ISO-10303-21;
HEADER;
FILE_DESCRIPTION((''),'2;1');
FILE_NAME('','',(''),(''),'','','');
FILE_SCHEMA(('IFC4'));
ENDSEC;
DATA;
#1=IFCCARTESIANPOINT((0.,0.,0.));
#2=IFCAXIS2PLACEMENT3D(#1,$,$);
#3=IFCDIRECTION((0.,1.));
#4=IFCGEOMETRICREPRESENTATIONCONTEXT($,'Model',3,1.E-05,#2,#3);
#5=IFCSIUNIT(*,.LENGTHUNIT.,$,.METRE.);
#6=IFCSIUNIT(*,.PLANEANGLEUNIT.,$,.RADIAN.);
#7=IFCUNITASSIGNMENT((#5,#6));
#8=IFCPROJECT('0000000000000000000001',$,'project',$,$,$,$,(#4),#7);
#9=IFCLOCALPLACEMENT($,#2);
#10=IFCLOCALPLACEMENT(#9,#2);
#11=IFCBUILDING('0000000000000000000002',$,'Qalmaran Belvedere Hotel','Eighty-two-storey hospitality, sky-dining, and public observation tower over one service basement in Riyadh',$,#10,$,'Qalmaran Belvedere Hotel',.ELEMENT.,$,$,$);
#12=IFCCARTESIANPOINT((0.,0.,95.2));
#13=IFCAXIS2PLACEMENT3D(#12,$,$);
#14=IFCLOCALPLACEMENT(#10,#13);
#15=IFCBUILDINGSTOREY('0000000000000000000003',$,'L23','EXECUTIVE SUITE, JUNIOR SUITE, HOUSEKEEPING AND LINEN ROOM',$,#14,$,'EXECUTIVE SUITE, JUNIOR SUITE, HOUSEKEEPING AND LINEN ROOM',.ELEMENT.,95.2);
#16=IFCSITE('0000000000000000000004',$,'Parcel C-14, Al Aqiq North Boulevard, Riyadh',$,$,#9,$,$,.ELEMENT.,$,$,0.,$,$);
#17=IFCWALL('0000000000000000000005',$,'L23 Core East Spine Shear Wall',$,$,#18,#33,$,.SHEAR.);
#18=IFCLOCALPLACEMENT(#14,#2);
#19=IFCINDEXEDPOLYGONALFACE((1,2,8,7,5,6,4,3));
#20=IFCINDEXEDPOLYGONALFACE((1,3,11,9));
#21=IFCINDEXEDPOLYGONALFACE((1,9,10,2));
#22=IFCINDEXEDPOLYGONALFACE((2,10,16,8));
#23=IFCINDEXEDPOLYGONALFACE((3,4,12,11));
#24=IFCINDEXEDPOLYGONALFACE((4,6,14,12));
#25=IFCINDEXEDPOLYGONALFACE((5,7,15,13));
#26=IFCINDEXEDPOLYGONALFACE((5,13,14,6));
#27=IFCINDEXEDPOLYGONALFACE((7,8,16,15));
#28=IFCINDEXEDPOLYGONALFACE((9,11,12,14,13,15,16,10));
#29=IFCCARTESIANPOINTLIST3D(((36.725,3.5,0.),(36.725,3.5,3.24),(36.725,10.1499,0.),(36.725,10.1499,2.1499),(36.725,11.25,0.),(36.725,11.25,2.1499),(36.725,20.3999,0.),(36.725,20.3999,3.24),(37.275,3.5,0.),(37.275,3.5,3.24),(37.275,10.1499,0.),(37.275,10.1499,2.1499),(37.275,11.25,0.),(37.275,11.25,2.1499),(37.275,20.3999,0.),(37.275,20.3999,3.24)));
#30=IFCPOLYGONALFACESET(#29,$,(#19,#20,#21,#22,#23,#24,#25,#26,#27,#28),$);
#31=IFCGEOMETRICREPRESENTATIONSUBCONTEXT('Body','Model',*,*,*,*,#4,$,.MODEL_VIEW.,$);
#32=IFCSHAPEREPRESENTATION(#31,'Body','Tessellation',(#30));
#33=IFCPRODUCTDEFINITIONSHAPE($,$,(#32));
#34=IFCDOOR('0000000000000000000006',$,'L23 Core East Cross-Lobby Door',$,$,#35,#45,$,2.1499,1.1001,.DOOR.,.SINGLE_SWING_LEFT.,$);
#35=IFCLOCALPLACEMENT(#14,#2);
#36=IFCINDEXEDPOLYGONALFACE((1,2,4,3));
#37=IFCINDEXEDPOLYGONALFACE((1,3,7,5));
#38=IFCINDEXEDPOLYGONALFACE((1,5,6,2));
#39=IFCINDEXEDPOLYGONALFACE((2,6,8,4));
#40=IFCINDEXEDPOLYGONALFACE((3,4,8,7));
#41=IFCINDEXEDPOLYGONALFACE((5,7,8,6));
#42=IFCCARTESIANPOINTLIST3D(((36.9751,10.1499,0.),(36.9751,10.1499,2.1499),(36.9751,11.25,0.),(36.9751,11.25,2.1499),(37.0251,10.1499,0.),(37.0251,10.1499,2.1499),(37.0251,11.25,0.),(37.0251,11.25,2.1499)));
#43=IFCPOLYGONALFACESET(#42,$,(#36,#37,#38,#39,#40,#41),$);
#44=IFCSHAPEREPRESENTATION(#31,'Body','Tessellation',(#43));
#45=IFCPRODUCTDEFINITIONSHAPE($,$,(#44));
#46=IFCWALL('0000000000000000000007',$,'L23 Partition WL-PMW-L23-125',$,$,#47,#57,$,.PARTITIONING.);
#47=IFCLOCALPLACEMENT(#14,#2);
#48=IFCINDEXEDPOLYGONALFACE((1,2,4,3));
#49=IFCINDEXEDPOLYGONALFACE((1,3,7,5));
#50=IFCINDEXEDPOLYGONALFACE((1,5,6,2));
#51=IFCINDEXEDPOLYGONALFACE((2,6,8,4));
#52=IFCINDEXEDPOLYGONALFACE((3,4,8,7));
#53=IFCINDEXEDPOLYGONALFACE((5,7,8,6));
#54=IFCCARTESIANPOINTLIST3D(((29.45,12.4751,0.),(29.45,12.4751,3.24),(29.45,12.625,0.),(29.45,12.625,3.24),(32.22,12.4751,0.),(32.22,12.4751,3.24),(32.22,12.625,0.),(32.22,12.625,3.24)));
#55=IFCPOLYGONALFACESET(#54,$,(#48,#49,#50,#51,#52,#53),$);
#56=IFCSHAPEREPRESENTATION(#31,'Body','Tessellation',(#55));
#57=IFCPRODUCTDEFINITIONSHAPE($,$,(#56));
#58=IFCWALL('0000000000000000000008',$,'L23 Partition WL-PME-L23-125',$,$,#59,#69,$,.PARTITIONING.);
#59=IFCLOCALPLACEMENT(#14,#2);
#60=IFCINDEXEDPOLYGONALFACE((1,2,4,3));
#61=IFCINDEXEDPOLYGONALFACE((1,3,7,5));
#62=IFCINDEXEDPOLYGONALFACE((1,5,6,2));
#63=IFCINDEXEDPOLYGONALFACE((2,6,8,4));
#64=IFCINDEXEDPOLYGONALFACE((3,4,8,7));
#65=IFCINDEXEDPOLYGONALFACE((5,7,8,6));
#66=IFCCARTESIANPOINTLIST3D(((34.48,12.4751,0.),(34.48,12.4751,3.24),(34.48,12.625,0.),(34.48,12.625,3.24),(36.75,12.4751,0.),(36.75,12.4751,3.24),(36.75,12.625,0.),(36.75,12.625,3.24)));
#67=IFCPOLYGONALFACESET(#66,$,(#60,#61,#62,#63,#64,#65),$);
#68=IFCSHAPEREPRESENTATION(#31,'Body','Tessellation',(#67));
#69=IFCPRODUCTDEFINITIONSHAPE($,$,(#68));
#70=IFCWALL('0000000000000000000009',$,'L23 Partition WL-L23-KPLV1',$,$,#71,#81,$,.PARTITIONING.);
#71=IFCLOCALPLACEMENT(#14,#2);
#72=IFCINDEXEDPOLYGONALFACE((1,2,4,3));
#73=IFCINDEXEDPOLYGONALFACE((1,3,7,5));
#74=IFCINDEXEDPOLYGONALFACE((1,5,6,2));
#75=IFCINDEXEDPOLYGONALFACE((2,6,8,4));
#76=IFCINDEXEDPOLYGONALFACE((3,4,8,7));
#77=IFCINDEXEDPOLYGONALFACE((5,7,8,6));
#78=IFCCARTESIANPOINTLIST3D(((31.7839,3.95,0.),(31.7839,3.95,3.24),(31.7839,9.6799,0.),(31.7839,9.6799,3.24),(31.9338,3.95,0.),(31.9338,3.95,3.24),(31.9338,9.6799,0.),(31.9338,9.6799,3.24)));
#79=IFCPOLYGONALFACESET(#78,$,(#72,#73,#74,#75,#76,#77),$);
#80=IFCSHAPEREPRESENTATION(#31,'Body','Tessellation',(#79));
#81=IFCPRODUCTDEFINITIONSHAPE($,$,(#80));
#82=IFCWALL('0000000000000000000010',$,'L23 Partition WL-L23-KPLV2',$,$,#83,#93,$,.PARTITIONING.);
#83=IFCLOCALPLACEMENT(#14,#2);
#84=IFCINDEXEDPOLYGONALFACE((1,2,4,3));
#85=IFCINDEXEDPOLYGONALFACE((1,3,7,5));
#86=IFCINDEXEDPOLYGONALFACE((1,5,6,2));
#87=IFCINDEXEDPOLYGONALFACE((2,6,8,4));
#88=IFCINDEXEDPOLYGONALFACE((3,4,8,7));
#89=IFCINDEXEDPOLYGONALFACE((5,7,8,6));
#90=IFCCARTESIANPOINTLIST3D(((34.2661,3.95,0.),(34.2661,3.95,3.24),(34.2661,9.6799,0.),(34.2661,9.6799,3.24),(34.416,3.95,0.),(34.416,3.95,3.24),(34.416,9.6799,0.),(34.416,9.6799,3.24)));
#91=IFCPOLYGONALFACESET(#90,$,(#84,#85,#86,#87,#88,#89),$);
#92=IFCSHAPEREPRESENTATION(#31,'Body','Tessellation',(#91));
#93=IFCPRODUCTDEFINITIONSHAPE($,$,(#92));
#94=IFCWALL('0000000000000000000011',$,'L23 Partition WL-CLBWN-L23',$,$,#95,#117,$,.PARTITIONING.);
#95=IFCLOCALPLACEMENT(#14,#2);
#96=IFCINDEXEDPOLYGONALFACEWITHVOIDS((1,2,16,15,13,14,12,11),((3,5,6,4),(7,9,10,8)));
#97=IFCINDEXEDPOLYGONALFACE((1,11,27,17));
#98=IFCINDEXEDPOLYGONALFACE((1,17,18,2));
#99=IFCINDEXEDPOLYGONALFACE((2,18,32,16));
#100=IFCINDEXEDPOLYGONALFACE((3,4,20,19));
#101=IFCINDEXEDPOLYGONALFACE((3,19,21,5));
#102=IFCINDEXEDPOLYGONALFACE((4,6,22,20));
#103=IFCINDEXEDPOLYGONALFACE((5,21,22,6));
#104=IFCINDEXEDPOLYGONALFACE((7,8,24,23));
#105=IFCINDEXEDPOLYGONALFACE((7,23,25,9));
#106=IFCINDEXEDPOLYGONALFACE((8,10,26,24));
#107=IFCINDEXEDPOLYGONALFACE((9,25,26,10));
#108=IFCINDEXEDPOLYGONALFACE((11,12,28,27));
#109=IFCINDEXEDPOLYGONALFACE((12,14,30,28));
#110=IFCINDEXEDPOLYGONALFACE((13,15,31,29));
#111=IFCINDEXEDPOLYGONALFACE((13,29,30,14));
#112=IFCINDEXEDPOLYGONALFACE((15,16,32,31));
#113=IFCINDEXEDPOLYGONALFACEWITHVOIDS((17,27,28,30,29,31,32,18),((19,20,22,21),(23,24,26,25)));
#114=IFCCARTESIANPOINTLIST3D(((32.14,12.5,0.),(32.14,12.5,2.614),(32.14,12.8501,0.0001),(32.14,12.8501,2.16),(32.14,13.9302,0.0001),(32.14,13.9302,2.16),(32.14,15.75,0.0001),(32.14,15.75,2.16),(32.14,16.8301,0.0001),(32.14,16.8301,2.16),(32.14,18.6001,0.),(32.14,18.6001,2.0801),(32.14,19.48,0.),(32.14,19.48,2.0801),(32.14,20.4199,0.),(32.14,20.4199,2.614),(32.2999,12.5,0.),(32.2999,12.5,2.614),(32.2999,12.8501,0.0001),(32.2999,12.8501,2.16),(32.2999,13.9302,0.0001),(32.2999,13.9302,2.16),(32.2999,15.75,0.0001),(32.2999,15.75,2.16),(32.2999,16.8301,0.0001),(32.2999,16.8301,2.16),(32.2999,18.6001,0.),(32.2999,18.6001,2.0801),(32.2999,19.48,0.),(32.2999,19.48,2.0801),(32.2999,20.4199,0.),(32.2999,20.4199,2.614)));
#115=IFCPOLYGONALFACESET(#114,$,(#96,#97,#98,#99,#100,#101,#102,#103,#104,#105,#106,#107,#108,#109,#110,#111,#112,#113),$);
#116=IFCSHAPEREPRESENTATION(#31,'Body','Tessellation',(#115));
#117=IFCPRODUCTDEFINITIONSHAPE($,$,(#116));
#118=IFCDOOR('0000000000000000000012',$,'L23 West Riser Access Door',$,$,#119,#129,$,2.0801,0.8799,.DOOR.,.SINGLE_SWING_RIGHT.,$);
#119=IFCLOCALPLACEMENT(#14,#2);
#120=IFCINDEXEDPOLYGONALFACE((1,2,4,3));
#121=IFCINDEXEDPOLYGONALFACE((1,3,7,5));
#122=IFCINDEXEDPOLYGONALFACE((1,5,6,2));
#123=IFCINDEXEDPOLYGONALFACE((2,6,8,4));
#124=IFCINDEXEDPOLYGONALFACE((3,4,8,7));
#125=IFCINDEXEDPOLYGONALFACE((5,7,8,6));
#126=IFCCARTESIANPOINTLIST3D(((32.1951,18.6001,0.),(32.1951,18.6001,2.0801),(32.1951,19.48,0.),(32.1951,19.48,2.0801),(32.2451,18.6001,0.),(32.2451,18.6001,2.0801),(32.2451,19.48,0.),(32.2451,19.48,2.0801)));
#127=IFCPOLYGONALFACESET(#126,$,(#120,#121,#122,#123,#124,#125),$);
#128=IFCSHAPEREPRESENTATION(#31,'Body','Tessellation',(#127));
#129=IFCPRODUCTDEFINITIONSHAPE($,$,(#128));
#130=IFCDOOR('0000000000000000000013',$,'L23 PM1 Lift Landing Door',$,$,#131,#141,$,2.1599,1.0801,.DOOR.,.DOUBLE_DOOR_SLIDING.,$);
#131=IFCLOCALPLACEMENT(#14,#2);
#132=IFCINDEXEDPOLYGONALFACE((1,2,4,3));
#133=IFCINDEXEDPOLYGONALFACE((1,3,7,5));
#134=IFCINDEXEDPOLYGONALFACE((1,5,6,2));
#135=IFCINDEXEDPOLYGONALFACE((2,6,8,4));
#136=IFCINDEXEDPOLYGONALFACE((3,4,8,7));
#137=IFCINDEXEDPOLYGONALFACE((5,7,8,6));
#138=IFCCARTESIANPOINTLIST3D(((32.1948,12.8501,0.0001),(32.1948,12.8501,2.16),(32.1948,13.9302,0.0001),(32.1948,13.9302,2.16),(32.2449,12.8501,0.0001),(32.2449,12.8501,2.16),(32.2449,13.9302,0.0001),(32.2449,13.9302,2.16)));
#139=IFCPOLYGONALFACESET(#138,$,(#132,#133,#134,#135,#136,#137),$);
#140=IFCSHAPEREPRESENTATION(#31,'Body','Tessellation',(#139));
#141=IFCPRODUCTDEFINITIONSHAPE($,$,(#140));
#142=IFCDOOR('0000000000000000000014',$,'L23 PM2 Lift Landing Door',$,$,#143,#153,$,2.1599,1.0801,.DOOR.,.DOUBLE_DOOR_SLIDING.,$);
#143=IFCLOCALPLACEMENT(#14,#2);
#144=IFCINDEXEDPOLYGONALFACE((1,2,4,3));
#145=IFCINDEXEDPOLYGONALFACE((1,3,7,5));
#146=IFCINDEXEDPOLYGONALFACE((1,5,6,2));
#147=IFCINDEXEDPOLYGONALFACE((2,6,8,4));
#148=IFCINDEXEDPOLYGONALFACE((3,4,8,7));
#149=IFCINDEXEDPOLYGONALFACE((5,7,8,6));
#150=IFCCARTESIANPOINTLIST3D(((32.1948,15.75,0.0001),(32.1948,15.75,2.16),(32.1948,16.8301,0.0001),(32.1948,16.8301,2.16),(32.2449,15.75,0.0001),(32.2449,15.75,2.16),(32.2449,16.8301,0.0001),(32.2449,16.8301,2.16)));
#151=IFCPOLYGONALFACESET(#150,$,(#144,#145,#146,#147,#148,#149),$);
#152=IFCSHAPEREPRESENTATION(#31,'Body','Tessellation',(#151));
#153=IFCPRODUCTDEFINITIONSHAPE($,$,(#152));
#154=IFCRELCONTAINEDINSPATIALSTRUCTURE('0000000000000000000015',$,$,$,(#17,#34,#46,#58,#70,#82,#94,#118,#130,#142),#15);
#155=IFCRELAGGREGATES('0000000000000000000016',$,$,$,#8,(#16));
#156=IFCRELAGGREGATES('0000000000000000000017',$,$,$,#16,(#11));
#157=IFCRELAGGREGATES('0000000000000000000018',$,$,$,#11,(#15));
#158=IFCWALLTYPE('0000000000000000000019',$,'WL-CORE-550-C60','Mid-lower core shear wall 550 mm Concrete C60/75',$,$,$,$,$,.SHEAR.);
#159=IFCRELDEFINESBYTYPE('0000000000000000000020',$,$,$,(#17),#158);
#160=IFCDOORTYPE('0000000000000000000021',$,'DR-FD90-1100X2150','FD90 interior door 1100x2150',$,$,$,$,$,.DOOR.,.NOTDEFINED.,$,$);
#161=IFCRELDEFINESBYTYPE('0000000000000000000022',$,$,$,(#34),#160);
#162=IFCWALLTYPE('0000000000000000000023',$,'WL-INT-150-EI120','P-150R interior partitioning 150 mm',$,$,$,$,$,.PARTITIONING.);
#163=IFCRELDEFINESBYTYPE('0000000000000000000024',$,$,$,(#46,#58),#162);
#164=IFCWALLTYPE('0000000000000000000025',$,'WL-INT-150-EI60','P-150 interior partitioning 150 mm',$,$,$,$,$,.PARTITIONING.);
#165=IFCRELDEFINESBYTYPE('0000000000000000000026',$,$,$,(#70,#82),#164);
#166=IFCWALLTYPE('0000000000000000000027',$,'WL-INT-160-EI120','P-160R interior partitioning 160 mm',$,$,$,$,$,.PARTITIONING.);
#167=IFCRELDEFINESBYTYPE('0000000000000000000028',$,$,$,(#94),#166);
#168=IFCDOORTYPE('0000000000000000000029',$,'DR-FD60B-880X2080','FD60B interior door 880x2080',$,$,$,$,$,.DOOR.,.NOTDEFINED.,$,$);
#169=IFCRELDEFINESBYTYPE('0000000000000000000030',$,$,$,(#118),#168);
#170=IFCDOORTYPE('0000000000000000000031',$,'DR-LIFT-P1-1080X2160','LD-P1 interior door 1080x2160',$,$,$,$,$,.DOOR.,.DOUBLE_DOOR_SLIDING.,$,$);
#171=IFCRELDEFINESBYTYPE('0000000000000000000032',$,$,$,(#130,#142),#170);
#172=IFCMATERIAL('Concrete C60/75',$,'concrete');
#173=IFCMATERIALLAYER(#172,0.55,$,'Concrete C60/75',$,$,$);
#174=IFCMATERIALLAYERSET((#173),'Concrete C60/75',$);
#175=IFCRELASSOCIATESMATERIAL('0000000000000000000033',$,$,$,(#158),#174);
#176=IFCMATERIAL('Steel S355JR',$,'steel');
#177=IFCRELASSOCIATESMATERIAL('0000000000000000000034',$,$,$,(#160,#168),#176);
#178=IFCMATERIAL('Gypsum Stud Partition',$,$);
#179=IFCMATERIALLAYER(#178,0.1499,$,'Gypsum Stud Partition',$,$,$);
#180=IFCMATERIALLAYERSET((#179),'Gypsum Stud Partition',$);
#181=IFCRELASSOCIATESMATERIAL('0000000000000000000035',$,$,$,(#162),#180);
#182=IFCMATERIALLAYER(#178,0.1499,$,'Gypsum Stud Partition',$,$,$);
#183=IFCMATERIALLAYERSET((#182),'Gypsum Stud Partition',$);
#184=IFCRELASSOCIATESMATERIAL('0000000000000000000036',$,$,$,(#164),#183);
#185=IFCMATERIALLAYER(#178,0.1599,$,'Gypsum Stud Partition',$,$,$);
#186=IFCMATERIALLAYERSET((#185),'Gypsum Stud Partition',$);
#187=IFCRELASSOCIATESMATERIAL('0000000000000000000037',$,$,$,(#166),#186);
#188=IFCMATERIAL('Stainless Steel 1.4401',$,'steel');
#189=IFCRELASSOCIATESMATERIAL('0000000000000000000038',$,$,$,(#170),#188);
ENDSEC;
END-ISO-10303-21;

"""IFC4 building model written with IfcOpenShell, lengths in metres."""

from ifc_helpers import new_model, si_unit, direction, frame, frame_2d, origin, place, context, subcontext, project, spatial, rectangle, extrude, material, layer, layer_set, type_object, element, fill, save


model = new_model("IFC4")

# Units and contexts
model_context = context("Model", 3, precision=1e-05, world=origin(), true_north=direction((0.0, 1.0)))
body_context = subcontext(model_context, "Body", "Model", "MODEL_VIEW")
ifc_project = project(units=[si_unit("LENGTHUNIT", "METRE"), si_unit("PLANEANGLEUNIT", "RADIAN")], contexts=[model_context])

# Site, building, storey
site_placement = place(None, origin())
site = spatial("IfcSite", under=ifc_project, at=site_placement, Name="Parcel C-14, Al Aqiq North Boulevard, Riyadh", CompositionType="ELEMENT", RefElevation=0.0)
building_placement = place(site_placement, origin())
building = spatial("IfcBuilding", under=site, at=building_placement, Name="Qalmaran Belvedere Hotel", Description="Eighty-two-storey hospitality, sky-dining, and public observation tower over one service basement in Riyadh", LongName="Qalmaran Belvedere Hotel", CompositionType="ELEMENT")
storey_placement = place(building_placement, frame((0.0, 0.0, 95.2)))
storey = spatial("IfcBuildingStorey", under=building, at=storey_placement, Name="L23", Description="EXECUTIVE SUITE, JUNIOR SUITE, HOUSEKEEPING AND LINEN ROOM", LongName="EXECUTIVE SUITE, JUNIOR SUITE, HOUSEKEEPING AND LINEN ROOM", CompositionType="ELEMENT", Elevation=95.2)

# Wall, opening, door
ifc_material_1 = material(Name="Concrete C60/75", Category="concrete")
ifc_layer_1 = layer(ifc_material_1, 0.55, Name="Concrete C60/75")
ifc_layer_set_1 = layer_set([ifc_layer_1], Name="Concrete C60/75")
wall_type_1 = type_object("IfcWallType", Name="WL-CORE-550-C60", Description="Mid-lower core shear wall 550 mm Concrete C60/75", PredefinedType="SHEAR", material=ifc_layer_set_1)
wall_1_placement = place(storey_placement, frame((37.0, 3.5, 0.0), z_axis=(0.0, 0.0, 1.0), x_axis=(0.0, 1.0, 0.0)))
wall_1 = element("IfcWall", 1, at=wall_1_placement, inside=storey, type_object=wall_type_1, Name="L23 Core East Spine Shear Wall", PredefinedType="SHEAR", context=body_context, shape_type="SweptSolid", body=[
    extrude(rectangle(XDim=16.8999, YDim=0.55, at=frame_2d((8.45, 0.0))), origin(), (0.0, 0.0, 1.0), 3.24),
])
opening_1_placement = place(wall_1_placement, frame((6.6499, 0.0, 0.0)))
opening_1 = element("IfcOpeningElement", 2, at=opening_1_placement, cuts=wall_1, PredefinedType="OPENING", context=body_context, shape_type="SweptSolid", body=[
    extrude(rectangle(XDim=1.1001, YDim=2.1499, at=frame_2d((0.55, 1.075))), frame((0.0, 0.2852, 0.0), z_axis=(0.0, -1.0, 0.0), x_axis=(1.0, 0.0, 0.0)), (0.0, 0.0, 1.0), 0.5701),
])
ifc_material_2 = material(Name="Steel S355JR", Category="steel")
door_type_1 = type_object("IfcDoorType", Name="DR-FD90-1100X2150", Description="FD90 interior door 1100x2150", OperationType="NOTDEFINED", PredefinedType="DOOR", material=ifc_material_2)
door_1_placement = place(opening_1_placement, origin())
door_1 = element("IfcDoor", 3, at=door_1_placement, inside=storey, type_object=door_type_1, Name="L23 Core East Cross-Lobby Door", OperationType="SINGLE_SWING_LEFT", OverallHeight=2.1499, OverallWidth=1.1001, PredefinedType="DOOR", context=body_context, shape_type="SweptSolid", body=[
    extrude(rectangle(XDim=1.1001, YDim=2.1499, at=frame_2d((0.55, 1.075))), frame((0.0, 0.0249, 0.0), z_axis=(0.0, -1.0, 0.0), x_axis=(1.0, 0.0, 0.0)), (0.0, 0.0, 1.0), 0.05),
])
fill(opening_1, door_1)

# Walls
ifc_material_3 = material(Name="Gypsum Stud Partition")
ifc_layer_2 = layer(ifc_material_3, 0.1499, Name="Gypsum Stud Partition")
ifc_layer_set_2 = layer_set([ifc_layer_2], Name="Gypsum Stud Partition")
wall_type_2 = type_object("IfcWallType", Name="WL-INT-150-EI120", Description="P-150R interior partitioning 150 mm", PredefinedType="PARTITIONING", material=ifc_layer_set_2)
wall_2_placement = place(storey_placement, frame((29.45, 12.55, 0.0), z_axis=(0.0, 0.0, 1.0), x_axis=(1.0, 0.0, 0.0)))
element("IfcWall", 4, at=wall_2_placement, inside=storey, type_object=wall_type_2, Name="L23 Partition WL-PMW-L23-125", PredefinedType="PARTITIONING", context=body_context, shape_type="SweptSolid", body=[
    extrude(rectangle(XDim=2.77, YDim=0.1499, at=frame_2d((1.385, 0.0))), origin(), (0.0, 0.0, 1.0), 3.24),
])
wall_3_placement = place(storey_placement, frame((34.48, 12.55, 0.0), z_axis=(0.0, 0.0, 1.0), x_axis=(1.0, 0.0, 0.0)))
element("IfcWall", 5, at=wall_3_placement, inside=storey, type_object=wall_type_2, Name="L23 Partition WL-PME-L23-125", PredefinedType="PARTITIONING", context=body_context, shape_type="SweptSolid", body=[
    extrude(rectangle(XDim=2.27, YDim=0.1499, at=frame_2d((1.135, 0.0))), origin(), (0.0, 0.0, 1.0), 3.24),
])
ifc_layer_3 = layer(ifc_material_3, 0.1499, Name="Gypsum Stud Partition")
ifc_layer_set_3 = layer_set([ifc_layer_3], Name="Gypsum Stud Partition")
wall_type_3 = type_object("IfcWallType", Name="WL-INT-150-EI60", Description="P-150 interior partitioning 150 mm", PredefinedType="PARTITIONING", material=ifc_layer_set_3)
for number, where, z_axis, x_axis, name in (
    (6, (31.8589, 3.95, 0.0), (0.0, 0.0, 1.0), (0.0, 1.0, 0.0), "L23 Partition WL-L23-KPLV1"),
    (7, (34.3411, 3.95, 0.0), (0.0, 0.0, 1.0), (0.0, 1.0, 0.0), "L23 Partition WL-L23-KPLV2"),
):
    element("IfcWall", number, at=place(storey_placement, frame(where, z_axis=z_axis, x_axis=x_axis)), inside=storey, type_object=wall_type_3, Name=name, PredefinedType="PARTITIONING", context=body_context, shape_type="SweptSolid", body=[
        extrude(rectangle(XDim=5.73, YDim=0.1499, at=frame_2d((2.865, 0.0))), origin(), (0.0, 0.0, 1.0), 3.24),
    ])

# Wall, openings, doors
ifc_layer_4 = layer(ifc_material_3, 0.1599, Name="Gypsum Stud Partition")
ifc_layer_set_4 = layer_set([ifc_layer_4], Name="Gypsum Stud Partition")
wall_type_4 = type_object("IfcWallType", Name="WL-INT-160-EI120", Description="P-160R interior partitioning 160 mm", PredefinedType="PARTITIONING", material=ifc_layer_set_4)
wall_4_placement = place(storey_placement, frame((32.22, 12.5, 0.0), z_axis=(0.0, 0.0, 1.0), x_axis=(0.0, 1.0, 0.0)))
wall_4 = element("IfcWall", 8, at=wall_4_placement, inside=storey, type_object=wall_type_4, Name="L23 Partition WL-CLBWN-L23", PredefinedType="PARTITIONING", context=body_context, shape_type="SweptSolid", body=[
    extrude(rectangle(XDim=7.9199, YDim=0.1599, at=frame_2d((3.96, 0.0))), origin(), (0.0, 0.0, 1.0), 2.614),
])
opening_2_placement = place(wall_4_placement, frame((1.4302, 0.0, 0.0), z_axis=(0.0, 0.0, 1.0), x_axis=(-1.0, 0.0, 0.0)))
opening_2 = element("IfcOpeningElement", 9, at=opening_2_placement, cuts=wall_4, PredefinedType="OPENING", context=body_context, shape_type="SweptSolid", body=[
    extrude(rectangle(XDim=1.0801, YDim=2.1599, at=frame_2d((0.54, 1.0801))), frame((0.0, 0.0898, 0.0), z_axis=(0.0, -1.0, 0.0), x_axis=(1.0, 0.0, 0.0)), (0.0, 0.0, 1.0), 0.1799),
])
opening_3_placement = place(wall_4_placement, frame((4.3301, 0.0, 0.0), z_axis=(0.0, 0.0, 1.0), x_axis=(-1.0, 0.0, 0.0)))
opening_3 = element("IfcOpeningElement", 10, at=opening_3_placement, cuts=wall_4, PredefinedType="OPENING", context=body_context, shape_type="SweptSolid", body=[
    extrude(rectangle(XDim=1.0801, YDim=2.1599, at=frame_2d((0.54, 1.0801))), frame((0.0, 0.0898, 0.0), z_axis=(0.0, -1.0, 0.0), x_axis=(1.0, 0.0, 0.0)), (0.0, 0.0, 1.0), 0.1799),
])
opening_4_placement = place(wall_4_placement, frame((6.1001, 0.0, 0.0)))
opening_4 = element("IfcOpeningElement", 11, at=opening_4_placement, cuts=wall_4, PredefinedType="OPENING", context=body_context, shape_type="SweptSolid", body=[
    extrude(rectangle(XDim=0.8799, YDim=2.0801, at=frame_2d((0.4399, 1.04))), frame((0.0, 0.0898, 0.0), z_axis=(0.0, -1.0, 0.0), x_axis=(1.0, 0.0, 0.0)), (0.0, 0.0, 1.0), 0.1799),
])
door_type_2 = type_object("IfcDoorType", Name="DR-FD60B-880X2080", Description="FD60B interior door 880x2080", OperationType="NOTDEFINED", PredefinedType="DOOR", material=ifc_material_2)
door_2_placement = place(opening_4_placement, origin())
door_2 = element("IfcDoor", 12, at=door_2_placement, inside=storey, type_object=door_type_2, Name="L23 West Riser Access Door", OperationType="SINGLE_SWING_RIGHT", OverallHeight=2.0801, OverallWidth=0.8799, PredefinedType="DOOR", context=body_context, shape_type="SweptSolid", body=[
    extrude(rectangle(XDim=0.8799, YDim=2.0801, at=frame_2d((0.4399, 1.04))), frame((0.0, 0.0249, 0.0), z_axis=(0.0, -1.0, 0.0), x_axis=(1.0, 0.0, 0.0)), (0.0, 0.0, 1.0), 0.05),
])
fill(opening_4, door_2)
ifc_material_4 = material(Name="Stainless Steel 1.4401", Category="steel")
door_type_3 = type_object("IfcDoorType", Name="DR-LIFT-P1-1080X2160", Description="LD-P1 interior door 1080x2160", OperationType="DOUBLE_DOOR_SLIDING", PredefinedType="DOOR", material=ifc_material_4)
door_3_placement = place(opening_2_placement, origin())
door_3 = element("IfcDoor", 13, at=door_3_placement, inside=storey, type_object=door_type_3, Name="L23 PM1 Lift Landing Door", OperationType="DOUBLE_DOOR_SLIDING", OverallHeight=2.1599, OverallWidth=1.0801, PredefinedType="DOOR", context=body_context, shape_type="SweptSolid", body=[
    extrude(rectangle(XDim=1.0801, YDim=2.1599, at=frame_2d((0.54, 1.0801))), frame((0.0, 0.0249, 0.0), z_axis=(0.0, -1.0, 0.0), x_axis=(1.0, 0.0, 0.0)), (0.0, 0.0, 1.0), 0.05),
])
fill(opening_2, door_3)
door_4_placement = place(opening_3_placement, origin())
door_4 = element("IfcDoor", 14, at=door_4_placement, inside=storey, type_object=door_type_3, Name="L23 PM2 Lift Landing Door", OperationType="DOUBLE_DOOR_SLIDING", OverallHeight=2.1599, OverallWidth=1.0801, PredefinedType="DOOR", context=body_context, shape_type="SweptSolid", body=[
    extrude(rectangle(XDim=1.0801, YDim=2.1599, at=frame_2d((0.54, 1.0801))), frame((0.0, 0.0249, 0.0), z_axis=(0.0, -1.0, 0.0), x_axis=(1.0, 0.0, 0.0)), (0.0, 0.0, 1.0), 0.05),
])
fill(opening_3, door_4)

save(model, "model.ifc")
